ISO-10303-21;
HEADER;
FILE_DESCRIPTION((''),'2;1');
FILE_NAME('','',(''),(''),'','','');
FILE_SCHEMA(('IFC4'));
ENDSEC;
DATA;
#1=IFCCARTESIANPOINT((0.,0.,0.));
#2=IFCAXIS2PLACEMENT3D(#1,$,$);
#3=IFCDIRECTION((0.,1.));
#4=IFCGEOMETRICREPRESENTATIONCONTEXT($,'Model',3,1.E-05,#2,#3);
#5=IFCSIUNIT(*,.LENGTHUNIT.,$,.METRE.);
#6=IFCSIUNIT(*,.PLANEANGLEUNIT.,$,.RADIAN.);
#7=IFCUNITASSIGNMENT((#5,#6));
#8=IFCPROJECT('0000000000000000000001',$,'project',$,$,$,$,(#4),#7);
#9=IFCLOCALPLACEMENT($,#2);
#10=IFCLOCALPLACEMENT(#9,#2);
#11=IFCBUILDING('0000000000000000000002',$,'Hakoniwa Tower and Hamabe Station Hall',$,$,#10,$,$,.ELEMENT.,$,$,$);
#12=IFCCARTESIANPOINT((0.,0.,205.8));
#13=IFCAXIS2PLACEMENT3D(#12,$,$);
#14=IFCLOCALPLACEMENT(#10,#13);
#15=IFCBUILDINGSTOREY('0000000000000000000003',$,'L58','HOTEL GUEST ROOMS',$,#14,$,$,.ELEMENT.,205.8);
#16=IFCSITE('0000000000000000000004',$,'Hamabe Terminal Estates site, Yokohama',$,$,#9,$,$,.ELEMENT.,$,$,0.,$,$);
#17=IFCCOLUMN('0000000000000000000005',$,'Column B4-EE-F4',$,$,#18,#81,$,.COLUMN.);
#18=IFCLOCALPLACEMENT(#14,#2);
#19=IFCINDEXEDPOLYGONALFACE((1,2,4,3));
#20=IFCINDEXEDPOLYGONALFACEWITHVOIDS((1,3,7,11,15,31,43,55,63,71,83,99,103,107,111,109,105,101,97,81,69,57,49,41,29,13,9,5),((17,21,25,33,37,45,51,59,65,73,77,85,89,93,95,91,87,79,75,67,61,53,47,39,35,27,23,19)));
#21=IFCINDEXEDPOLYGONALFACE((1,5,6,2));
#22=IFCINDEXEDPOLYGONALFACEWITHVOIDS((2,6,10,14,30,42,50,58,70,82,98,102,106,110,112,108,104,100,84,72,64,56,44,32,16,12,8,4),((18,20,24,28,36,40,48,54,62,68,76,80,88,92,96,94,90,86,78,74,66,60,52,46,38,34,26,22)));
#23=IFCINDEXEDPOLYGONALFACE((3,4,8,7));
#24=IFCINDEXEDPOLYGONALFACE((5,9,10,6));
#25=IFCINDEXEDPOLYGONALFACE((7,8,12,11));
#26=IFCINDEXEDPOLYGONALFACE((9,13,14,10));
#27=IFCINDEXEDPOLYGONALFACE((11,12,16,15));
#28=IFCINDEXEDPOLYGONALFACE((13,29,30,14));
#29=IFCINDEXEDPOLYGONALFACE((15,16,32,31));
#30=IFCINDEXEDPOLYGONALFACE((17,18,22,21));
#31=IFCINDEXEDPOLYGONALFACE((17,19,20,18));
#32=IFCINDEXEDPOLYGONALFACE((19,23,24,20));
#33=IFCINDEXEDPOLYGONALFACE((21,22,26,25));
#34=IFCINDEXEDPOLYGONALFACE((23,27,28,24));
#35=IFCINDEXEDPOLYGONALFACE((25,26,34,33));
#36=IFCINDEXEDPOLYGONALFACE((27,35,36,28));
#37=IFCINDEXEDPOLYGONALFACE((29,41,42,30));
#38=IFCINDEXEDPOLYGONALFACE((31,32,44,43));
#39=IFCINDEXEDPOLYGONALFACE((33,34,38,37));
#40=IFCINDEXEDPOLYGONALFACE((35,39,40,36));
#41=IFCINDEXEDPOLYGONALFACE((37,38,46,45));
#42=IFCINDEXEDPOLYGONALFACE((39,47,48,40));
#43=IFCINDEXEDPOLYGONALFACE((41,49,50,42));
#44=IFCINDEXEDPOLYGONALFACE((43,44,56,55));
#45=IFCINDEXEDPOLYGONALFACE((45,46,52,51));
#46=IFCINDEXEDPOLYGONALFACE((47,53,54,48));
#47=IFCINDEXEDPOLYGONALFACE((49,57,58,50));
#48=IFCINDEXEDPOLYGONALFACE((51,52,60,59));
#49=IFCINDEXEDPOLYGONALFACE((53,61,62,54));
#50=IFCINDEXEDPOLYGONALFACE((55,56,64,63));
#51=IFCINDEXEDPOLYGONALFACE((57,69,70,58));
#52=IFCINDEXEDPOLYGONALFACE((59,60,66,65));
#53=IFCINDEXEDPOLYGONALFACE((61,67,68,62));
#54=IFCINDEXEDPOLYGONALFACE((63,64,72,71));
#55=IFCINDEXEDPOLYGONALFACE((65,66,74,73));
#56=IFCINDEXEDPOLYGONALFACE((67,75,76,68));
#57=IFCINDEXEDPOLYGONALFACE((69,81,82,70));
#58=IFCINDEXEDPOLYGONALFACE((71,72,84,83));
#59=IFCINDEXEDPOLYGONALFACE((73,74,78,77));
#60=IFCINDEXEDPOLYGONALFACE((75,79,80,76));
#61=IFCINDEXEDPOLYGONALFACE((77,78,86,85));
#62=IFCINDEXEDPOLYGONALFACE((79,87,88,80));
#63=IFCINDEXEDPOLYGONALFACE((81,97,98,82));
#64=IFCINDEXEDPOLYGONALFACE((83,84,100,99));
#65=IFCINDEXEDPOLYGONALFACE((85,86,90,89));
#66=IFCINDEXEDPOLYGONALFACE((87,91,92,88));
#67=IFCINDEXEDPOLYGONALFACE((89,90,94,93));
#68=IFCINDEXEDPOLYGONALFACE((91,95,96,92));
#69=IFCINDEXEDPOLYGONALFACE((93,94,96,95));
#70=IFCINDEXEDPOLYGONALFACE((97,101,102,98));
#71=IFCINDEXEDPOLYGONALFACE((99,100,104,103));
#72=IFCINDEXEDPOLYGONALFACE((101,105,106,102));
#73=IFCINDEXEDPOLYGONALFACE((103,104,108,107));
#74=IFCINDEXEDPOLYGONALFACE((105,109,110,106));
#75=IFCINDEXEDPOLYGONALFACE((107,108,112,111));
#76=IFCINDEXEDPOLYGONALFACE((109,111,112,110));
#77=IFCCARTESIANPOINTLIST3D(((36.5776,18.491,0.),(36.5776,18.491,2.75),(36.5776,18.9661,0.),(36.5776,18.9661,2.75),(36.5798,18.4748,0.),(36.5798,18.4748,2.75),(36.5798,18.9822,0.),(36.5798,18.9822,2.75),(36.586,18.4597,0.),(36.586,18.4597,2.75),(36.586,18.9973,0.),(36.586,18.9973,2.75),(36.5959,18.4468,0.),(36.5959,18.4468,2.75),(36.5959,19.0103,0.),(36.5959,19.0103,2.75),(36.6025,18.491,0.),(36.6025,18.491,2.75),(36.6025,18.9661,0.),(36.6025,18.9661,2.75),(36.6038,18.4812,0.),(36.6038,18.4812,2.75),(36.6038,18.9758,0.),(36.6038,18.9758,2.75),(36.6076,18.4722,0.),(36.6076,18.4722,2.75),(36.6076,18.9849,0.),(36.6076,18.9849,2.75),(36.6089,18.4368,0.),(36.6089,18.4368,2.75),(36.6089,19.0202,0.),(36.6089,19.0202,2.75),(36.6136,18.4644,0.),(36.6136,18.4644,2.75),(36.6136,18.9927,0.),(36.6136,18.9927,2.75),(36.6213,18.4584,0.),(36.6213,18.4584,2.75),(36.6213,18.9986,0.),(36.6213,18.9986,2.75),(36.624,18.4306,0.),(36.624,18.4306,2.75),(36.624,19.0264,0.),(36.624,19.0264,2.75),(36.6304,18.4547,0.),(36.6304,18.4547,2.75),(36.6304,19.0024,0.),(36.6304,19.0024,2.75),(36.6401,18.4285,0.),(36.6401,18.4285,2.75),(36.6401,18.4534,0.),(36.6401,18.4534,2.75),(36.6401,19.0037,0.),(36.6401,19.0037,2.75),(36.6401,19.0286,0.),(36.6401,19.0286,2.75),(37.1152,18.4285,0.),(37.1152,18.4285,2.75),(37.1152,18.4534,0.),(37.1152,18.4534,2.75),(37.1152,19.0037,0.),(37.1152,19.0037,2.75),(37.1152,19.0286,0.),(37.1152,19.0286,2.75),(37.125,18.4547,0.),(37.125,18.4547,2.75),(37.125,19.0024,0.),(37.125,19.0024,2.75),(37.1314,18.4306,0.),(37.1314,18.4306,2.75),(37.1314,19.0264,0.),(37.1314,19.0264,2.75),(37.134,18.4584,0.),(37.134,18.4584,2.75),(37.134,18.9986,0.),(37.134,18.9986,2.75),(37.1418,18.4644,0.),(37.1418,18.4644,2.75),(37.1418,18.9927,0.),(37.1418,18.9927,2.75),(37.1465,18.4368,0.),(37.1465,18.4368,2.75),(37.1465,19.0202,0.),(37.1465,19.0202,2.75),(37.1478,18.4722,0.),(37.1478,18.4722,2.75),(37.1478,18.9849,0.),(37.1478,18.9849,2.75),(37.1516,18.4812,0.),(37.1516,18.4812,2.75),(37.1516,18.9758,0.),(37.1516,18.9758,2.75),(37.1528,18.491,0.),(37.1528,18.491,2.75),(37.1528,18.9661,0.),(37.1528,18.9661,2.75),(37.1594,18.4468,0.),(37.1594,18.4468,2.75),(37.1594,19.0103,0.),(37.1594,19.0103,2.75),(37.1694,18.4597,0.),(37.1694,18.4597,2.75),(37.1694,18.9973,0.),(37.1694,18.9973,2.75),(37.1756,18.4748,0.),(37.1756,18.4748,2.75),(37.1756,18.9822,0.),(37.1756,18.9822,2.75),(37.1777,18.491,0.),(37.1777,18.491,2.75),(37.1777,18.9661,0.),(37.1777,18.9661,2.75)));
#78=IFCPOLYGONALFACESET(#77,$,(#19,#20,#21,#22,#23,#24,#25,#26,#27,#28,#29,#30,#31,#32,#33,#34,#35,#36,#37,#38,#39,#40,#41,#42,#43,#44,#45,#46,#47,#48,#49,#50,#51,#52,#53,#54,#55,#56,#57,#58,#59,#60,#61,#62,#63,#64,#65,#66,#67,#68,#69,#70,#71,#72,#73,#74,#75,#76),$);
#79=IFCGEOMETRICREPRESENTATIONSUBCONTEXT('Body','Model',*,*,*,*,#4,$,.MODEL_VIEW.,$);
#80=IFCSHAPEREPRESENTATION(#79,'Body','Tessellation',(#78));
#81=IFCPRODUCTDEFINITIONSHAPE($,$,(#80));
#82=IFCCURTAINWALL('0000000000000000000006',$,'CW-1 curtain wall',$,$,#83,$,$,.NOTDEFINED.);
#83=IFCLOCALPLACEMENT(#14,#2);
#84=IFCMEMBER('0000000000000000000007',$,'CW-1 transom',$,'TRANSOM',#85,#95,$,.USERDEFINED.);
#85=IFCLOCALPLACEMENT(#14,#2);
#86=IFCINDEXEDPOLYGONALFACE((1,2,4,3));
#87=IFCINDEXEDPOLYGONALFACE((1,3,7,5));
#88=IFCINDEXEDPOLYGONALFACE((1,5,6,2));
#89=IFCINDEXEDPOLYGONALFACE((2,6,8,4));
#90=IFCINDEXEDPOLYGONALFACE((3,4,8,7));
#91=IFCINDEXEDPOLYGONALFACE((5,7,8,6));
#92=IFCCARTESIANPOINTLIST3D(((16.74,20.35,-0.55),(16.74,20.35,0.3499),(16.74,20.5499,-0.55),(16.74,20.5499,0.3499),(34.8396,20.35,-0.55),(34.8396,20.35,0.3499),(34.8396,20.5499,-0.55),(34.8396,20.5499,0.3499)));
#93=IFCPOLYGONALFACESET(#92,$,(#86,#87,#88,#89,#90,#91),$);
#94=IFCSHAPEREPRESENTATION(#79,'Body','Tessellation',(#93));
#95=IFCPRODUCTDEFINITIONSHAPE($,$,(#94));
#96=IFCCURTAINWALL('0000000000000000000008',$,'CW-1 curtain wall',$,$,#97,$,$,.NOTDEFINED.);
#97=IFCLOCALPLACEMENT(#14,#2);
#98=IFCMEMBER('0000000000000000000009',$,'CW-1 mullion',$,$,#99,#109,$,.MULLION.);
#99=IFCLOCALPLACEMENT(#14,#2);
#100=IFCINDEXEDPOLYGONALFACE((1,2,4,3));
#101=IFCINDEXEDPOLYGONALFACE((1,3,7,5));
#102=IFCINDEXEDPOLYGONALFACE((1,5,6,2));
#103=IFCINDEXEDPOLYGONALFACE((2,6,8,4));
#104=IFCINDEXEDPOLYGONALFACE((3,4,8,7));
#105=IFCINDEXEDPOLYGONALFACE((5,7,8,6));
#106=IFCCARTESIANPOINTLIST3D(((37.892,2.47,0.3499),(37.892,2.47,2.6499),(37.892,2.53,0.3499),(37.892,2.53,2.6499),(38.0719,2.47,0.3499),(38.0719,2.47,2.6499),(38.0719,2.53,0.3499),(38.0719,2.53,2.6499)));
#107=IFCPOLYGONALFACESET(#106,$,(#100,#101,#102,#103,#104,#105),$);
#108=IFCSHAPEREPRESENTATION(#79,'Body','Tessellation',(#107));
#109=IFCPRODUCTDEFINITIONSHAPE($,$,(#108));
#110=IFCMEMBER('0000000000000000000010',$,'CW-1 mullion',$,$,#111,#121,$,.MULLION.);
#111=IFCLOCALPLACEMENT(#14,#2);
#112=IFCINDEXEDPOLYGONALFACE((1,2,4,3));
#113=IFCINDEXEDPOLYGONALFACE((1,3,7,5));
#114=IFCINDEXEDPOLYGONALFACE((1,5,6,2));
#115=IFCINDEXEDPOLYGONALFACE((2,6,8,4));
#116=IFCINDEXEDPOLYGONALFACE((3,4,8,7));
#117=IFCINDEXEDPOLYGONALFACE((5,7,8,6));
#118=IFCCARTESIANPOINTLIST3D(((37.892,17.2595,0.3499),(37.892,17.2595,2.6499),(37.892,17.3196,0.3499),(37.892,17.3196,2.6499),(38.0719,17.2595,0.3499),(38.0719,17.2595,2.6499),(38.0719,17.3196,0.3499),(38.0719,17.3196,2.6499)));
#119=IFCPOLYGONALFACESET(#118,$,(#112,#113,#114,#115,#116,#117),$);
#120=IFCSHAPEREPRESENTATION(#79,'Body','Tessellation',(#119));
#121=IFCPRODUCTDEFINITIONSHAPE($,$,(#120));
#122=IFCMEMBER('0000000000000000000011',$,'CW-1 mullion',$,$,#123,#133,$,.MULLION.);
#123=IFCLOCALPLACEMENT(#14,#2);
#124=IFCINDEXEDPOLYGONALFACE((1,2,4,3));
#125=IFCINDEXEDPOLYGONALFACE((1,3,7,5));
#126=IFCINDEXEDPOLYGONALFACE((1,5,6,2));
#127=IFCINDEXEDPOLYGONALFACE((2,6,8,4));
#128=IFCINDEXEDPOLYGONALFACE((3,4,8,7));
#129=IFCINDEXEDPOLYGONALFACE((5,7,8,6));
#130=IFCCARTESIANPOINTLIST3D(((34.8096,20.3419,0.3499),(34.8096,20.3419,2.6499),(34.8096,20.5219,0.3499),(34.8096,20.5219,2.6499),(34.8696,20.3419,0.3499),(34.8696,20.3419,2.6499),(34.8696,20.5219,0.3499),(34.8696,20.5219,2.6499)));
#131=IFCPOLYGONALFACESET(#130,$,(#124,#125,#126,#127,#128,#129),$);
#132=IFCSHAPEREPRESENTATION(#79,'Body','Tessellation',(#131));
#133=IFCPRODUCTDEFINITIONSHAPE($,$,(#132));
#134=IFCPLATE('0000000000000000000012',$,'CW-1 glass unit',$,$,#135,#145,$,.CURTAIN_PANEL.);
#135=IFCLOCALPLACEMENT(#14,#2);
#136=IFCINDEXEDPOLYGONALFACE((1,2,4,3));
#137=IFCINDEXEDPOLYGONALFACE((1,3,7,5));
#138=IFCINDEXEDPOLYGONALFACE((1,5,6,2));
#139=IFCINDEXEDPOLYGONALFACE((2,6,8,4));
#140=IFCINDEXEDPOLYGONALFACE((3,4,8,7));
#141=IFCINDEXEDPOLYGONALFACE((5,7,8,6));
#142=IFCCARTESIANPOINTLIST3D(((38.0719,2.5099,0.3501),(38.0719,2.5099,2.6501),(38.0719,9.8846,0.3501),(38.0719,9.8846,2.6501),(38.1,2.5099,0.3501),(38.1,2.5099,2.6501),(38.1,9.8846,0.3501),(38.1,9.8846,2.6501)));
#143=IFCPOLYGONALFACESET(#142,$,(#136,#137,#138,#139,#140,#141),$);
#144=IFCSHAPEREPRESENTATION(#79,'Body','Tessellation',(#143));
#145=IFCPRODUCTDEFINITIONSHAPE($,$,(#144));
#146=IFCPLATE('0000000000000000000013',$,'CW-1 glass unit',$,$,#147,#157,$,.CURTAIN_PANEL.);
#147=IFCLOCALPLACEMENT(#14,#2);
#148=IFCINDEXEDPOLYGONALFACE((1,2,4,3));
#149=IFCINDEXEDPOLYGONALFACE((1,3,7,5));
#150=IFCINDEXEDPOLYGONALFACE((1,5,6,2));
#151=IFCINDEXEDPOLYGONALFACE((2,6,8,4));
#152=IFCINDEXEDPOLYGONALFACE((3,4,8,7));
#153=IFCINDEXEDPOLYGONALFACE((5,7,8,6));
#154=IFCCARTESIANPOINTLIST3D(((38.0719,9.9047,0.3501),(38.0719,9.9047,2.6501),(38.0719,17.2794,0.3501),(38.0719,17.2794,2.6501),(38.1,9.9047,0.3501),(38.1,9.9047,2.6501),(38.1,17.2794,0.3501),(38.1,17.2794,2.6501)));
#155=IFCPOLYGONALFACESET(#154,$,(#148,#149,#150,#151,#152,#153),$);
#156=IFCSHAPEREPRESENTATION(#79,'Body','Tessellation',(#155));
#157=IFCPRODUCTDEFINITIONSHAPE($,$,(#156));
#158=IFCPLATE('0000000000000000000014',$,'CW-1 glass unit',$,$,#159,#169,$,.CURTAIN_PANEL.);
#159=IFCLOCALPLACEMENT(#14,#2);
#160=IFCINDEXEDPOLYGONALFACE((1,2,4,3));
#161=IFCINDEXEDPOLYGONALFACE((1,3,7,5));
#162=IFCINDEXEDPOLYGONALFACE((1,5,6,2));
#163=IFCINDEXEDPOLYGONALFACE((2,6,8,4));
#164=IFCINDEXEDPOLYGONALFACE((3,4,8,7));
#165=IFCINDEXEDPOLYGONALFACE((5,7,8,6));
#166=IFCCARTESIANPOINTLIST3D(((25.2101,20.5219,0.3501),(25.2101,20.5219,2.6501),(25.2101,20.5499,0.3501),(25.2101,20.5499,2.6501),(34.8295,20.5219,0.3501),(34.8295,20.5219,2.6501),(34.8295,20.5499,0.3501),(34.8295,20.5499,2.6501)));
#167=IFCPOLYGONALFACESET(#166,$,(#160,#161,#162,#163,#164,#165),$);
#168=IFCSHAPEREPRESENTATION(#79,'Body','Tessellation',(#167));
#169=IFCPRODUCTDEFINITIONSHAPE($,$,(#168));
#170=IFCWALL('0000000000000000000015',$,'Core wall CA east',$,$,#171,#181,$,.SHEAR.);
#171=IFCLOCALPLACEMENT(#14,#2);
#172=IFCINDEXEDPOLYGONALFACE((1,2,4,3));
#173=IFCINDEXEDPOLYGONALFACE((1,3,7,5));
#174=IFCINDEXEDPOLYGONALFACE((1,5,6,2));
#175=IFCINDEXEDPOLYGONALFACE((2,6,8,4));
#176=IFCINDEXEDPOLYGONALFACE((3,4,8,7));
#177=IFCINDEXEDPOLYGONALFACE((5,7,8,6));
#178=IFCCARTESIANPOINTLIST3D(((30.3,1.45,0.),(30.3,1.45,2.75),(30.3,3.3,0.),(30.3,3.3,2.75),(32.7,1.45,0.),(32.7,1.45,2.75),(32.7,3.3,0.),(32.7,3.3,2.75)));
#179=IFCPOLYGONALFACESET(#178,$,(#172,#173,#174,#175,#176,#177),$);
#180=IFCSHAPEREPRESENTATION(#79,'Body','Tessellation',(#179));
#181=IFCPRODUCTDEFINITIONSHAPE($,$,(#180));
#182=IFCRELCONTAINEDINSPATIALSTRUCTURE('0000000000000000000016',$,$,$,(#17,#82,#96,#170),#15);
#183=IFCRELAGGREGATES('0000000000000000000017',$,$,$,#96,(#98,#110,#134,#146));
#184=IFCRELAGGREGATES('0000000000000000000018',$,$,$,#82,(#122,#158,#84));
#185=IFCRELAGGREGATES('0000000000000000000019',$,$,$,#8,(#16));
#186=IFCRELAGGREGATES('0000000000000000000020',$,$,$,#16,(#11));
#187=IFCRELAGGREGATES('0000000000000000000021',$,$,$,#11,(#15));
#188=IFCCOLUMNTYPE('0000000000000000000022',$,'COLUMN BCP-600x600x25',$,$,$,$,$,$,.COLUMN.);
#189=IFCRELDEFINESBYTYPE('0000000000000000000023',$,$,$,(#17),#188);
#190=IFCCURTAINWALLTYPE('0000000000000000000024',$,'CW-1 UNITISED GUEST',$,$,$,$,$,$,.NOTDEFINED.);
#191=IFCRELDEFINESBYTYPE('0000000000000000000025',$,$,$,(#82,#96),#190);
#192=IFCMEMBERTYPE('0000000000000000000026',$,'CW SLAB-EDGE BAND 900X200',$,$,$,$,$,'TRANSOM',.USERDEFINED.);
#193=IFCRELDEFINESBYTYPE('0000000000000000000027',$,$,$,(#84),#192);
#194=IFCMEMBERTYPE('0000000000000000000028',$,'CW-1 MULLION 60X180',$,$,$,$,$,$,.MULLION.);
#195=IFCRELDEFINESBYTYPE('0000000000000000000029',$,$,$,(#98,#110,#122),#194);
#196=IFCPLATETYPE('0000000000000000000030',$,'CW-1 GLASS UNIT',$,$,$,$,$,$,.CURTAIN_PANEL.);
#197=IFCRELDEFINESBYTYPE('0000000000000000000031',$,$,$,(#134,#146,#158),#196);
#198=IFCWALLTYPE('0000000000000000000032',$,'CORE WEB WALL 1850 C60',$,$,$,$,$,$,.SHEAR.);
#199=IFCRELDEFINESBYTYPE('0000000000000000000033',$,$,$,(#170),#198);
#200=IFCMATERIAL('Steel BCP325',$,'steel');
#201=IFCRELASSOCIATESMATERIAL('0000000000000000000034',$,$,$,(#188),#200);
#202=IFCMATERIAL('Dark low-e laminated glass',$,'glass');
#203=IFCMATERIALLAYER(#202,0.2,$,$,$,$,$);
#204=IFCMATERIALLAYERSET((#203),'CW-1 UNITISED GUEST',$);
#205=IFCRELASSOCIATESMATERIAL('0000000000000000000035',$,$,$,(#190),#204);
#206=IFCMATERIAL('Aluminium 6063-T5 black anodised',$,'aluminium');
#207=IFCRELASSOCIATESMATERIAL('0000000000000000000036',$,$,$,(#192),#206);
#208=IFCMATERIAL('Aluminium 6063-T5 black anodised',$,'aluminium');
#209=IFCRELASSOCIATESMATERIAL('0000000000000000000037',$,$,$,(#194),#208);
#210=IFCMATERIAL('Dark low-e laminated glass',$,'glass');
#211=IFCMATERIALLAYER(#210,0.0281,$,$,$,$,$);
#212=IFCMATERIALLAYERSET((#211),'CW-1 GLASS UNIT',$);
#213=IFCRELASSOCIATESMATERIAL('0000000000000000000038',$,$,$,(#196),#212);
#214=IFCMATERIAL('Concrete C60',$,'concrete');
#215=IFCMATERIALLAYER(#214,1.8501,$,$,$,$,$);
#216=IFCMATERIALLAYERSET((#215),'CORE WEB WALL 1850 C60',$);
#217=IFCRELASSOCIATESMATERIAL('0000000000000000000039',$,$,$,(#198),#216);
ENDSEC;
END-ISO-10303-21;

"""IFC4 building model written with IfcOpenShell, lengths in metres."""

from ifc_helpers import new_model, si_unit, direction, frame, frame_2d, origin, origin_2d, place, context, subcontext, project, spatial, rectangle, hollow_rectangle, extrude, material, layer, layer_set, material_profile, profile_set, type_object, element, aggregate, save


model = new_model("IFC4")

# Units and contexts
model_context = context("Model", 3, precision=1e-05, world=origin(), true_north=direction((0.0, 1.0)))
body_context = subcontext(model_context, "Body", "Model", "MODEL_VIEW")
ifc_project = project(units=[si_unit("LENGTHUNIT", "METRE"), si_unit("PLANEANGLEUNIT", "RADIAN")], contexts=[model_context])

# Site, building, storey
site_placement = place(None, origin())
site = spatial("IfcSite", under=ifc_project, at=site_placement, Name="Hamabe Terminal Estates site, Yokohama", CompositionType="ELEMENT", RefElevation=0.0)
building_placement = place(site_placement, origin())
building = spatial("IfcBuilding", under=site, at=building_placement, Name="Hakoniwa Tower and Hamabe Station Hall", CompositionType="ELEMENT")
storey_placement = place(building_placement, frame((0.0, 0.0, 205.8)))
storey = spatial("IfcBuildingStorey", under=building, at=storey_placement, Name="L58", Description="HOTEL GUEST ROOMS", CompositionType="ELEMENT", Elevation=205.8)

# Column
ifc_material_1 = material(Name="Steel BCP325", Category="steel")
ifc_material_profile_1 = material_profile(ifc_material_1, hollow_rectangle(XDim=0.6001, YDim=0.6001, WallThickness=0.0249, InnerFilletRadius=0.0376, OuterFilletRadius=0.0625, at=origin_2d()), Name="BCP-600x600x25")
ifc_profile_set_1 = profile_set([ifc_material_profile_1], Name="Steel BCP325")
column_type = type_object("IfcColumnType", Name="COLUMN BCP-600x600x25", PredefinedType="COLUMN", material=ifc_profile_set_1)
for number, where, z_axis, x_axis, name in (
    (1, (36.8777, 18.7285, 0.0), (0.0, 0.0, 1.0), (1.0, 0.0, 0.0), "Column B4-EE-F4"),
):
    element("IfcColumn", number, at=place(storey_placement, frame(where, z_axis=z_axis, x_axis=x_axis)), inside=storey, type_object=column_type, Name=name, PredefinedType="COLUMN", context=body_context, shape_type="SweptSolid", body=[
        extrude(hollow_rectangle(XDim=0.6001, YDim=0.6001, WallThickness=0.0249, InnerFilletRadius=0.0376, OuterFilletRadius=0.0625, at=origin_2d()), origin(), (0.0, 0.0, 1.0), 2.75),
    ])

# Curtain wall, member
ifc_material_2 = material(Name="Dark low-e laminated glass", Category="glass")
ifc_layer_1 = layer(ifc_material_2, 0.2)
ifc_layer_set_1 = layer_set([ifc_layer_1], Name="CW-1 UNITISED GUEST")
curtain_wall_type = type_object("IfcCurtainWallType", Name="CW-1 UNITISED GUEST", PredefinedType="NOTDEFINED", material=ifc_layer_set_1)
curtain_wall_1_placement = place(storey_placement, origin())
curtain_wall_1 = element("IfcCurtainWall", 2, at=curtain_wall_1_placement, inside=storey, type_object=curtain_wall_type, Name="CW-1 curtain wall", PredefinedType="NOTDEFINED")
ifc_material_3 = material(Name="Aluminium 6063-T5 black anodised", Category="aluminium")
ifc_material_profile_2 = material_profile(ifc_material_3, rectangle(XDim=0.2, YDim=0.8999, at=origin_2d()), Name="CW SLAB-EDGE BAND 900X200")
ifc_profile_set_2 = profile_set([ifc_material_profile_2], Name="Aluminium 6063-T5 black anodised")
member_type_1 = type_object("IfcMemberType", Name="CW SLAB-EDGE BAND 900X200", ElementType="TRANSOM", PredefinedType="USERDEFINED", material=ifc_profile_set_2)
member_1_placement = place(storey_placement, frame((34.8396, 20.45, -0.1001), z_axis=(-1.0, 0.0, 0.0), x_axis=(0.0, -1.0, 0.0)))
member_1 = element("IfcMember", 3, at=member_1_placement, type_object=member_type_1, Name="CW-1 transom", ObjectType="TRANSOM", PredefinedType="USERDEFINED", context=body_context, shape_type="SweptSolid", body=[
    extrude(rectangle(XDim=0.2, YDim=0.8999, at=origin_2d()), origin(), (0.0, 0.0, 1.0), 18.0996),
])

# Curtain wall, members
curtain_wall_2_placement = place(storey_placement, origin())
curtain_wall_2 = element("IfcCurtainWall", 4, at=curtain_wall_2_placement, inside=storey, type_object=curtain_wall_type, Name="CW-1 curtain wall", PredefinedType="NOTDEFINED")
ifc_material_4 = material(Name="Aluminium 6063-T5 black anodised", Category="aluminium")
ifc_material_profile_3 = material_profile(ifc_material_4, rectangle(XDim=0.0601, YDim=0.1799, at=origin_2d()), Name="CW-1 MULLION 60X180")
ifc_profile_set_3 = profile_set([ifc_material_profile_3], Name="Aluminium 6063-T5 black anodised")
member_type_2 = type_object("IfcMemberType", Name="CW-1 MULLION 60X180", PredefinedType="MULLION", material=ifc_profile_set_3)
member_2_placement = place(storey_placement, frame((37.9819, 2.5, 0.3499), z_axis=(0.0, 0.0, 1.0), x_axis=(0.0, 1.0, 0.0)))
member_2 = element("IfcMember", 5, at=member_2_placement, type_object=member_type_2, Name="CW-1 mullion", PredefinedType="MULLION", context=body_context, shape_type="SweptSolid", body=[
    extrude(rectangle(XDim=0.0601, YDim=0.1799, at=origin_2d()), origin(), (0.0, 0.0, 1.0), 2.3),
])
member_3_placement = place(storey_placement, frame((37.9819, 17.2896, 0.3499), z_axis=(0.0, 0.0, 1.0), x_axis=(0.0, 1.0, 0.0)))
member_3 = element("IfcMember", 6, at=member_3_placement, type_object=member_type_2, Name="CW-1 mullion", PredefinedType="MULLION", context=body_context, shape_type="SweptSolid", body=[
    extrude(rectangle(XDim=0.0601, YDim=0.1799, at=origin_2d()), origin(), (0.0, 0.0, 1.0), 2.3),
])

# Member
member_4_placement = place(storey_placement, frame((34.8396, 20.4319, 0.3499), z_axis=(0.0, 0.0, 1.0), x_axis=(-1.0, 0.0, 0.0)))
member_4 = element("IfcMember", 7, at=member_4_placement, type_object=member_type_2, Name="CW-1 mullion", PredefinedType="MULLION", context=body_context, shape_type="SweptSolid", body=[
    extrude(rectangle(XDim=0.0601, YDim=0.1799, at=origin_2d()), origin(), (0.0, 0.0, 1.0), 2.3),
])

# Plates
ifc_material_5 = material(Name="Dark low-e laminated glass", Category="glass")
ifc_layer_2 = layer(ifc_material_5, 0.0281)
ifc_layer_set_2 = layer_set([ifc_layer_2], Name="CW-1 GLASS UNIT")
plate_type = type_object("IfcPlateType", Name="CW-1 GLASS UNIT", PredefinedType="CURTAIN_PANEL", material=ifc_layer_set_2)
plate_1_placement = place(storey_placement, frame((38.0859, 6.1973, 0.3501), z_axis=(0.0, 0.0, 1.0), x_axis=(0.0, 1.0, 0.0)))
plate_1 = element("IfcPlate", 8, at=plate_1_placement, type_object=plate_type, Name="CW-1 glass unit", PredefinedType="CURTAIN_PANEL", context=body_context, shape_type="SweptSolid", body=[
    extrude(rectangle(XDim=7.3748, YDim=0.0281, at=origin_2d()), origin(), (0.0, 0.0, 1.0), 2.3),
])
plate_2_placement = place(storey_placement, frame((38.0859, 13.592, 0.3501), z_axis=(0.0, 0.0, 1.0), x_axis=(0.0, 1.0, 0.0)))
plate_2 = element("IfcPlate", 9, at=plate_2_placement, type_object=plate_type, Name="CW-1 glass unit", PredefinedType="CURTAIN_PANEL", context=body_context, shape_type="SweptSolid", body=[
    extrude(rectangle(XDim=7.3748, YDim=0.0281, at=origin_2d()), origin(), (0.0, 0.0, 1.0), 2.3),
])
aggregate(curtain_wall_2, [member_2, member_3, plate_1, plate_2])
plate_3_placement = place(storey_placement, frame((30.0198, 20.5359, 0.3501), z_axis=(0.0, 0.0, 1.0), x_axis=(-1.0, 0.0, 0.0)))
plate_3 = element("IfcPlate", 10, at=plate_3_placement, type_object=plate_type, Name="CW-1 glass unit", PredefinedType="CURTAIN_PANEL", context=body_context, shape_type="SweptSolid", body=[
    extrude(rectangle(XDim=9.6194, YDim=0.0281, at=origin_2d()), origin(), (0.0, 0.0, 1.0), 2.3),
])
aggregate(curtain_wall_1, [member_4, plate_3, member_1])

# Wall
ifc_material_6 = material(Name="Concrete C60", Category="concrete")
ifc_layer_3 = layer(ifc_material_6, 1.8501)
ifc_layer_set_3 = layer_set([ifc_layer_3], Name="CORE WEB WALL 1850 C60")
wall_type_1 = type_object("IfcWallType", Name="CORE WEB WALL 1850 C60", PredefinedType="SHEAR", material=ifc_layer_set_3)
wall_1_placement = place(storey_placement, frame((30.3, 2.375, 0.0), z_axis=(0.0, 0.0, 1.0), x_axis=(1.0, 0.0, 0.0)))
element("IfcWall", 11, at=wall_1_placement, inside=storey, type_object=wall_type_1, Name="Core wall CA east", PredefinedType="SHEAR", context=body_context, shape_type="SweptSolid", body=[
    extrude(rectangle(XDim=2.3999, YDim=1.8501, at=frame_2d((1.2, 0.0))), origin(), (0.0, 0.0, 1.0), 2.75),
])

save(model, "model.ifc")
